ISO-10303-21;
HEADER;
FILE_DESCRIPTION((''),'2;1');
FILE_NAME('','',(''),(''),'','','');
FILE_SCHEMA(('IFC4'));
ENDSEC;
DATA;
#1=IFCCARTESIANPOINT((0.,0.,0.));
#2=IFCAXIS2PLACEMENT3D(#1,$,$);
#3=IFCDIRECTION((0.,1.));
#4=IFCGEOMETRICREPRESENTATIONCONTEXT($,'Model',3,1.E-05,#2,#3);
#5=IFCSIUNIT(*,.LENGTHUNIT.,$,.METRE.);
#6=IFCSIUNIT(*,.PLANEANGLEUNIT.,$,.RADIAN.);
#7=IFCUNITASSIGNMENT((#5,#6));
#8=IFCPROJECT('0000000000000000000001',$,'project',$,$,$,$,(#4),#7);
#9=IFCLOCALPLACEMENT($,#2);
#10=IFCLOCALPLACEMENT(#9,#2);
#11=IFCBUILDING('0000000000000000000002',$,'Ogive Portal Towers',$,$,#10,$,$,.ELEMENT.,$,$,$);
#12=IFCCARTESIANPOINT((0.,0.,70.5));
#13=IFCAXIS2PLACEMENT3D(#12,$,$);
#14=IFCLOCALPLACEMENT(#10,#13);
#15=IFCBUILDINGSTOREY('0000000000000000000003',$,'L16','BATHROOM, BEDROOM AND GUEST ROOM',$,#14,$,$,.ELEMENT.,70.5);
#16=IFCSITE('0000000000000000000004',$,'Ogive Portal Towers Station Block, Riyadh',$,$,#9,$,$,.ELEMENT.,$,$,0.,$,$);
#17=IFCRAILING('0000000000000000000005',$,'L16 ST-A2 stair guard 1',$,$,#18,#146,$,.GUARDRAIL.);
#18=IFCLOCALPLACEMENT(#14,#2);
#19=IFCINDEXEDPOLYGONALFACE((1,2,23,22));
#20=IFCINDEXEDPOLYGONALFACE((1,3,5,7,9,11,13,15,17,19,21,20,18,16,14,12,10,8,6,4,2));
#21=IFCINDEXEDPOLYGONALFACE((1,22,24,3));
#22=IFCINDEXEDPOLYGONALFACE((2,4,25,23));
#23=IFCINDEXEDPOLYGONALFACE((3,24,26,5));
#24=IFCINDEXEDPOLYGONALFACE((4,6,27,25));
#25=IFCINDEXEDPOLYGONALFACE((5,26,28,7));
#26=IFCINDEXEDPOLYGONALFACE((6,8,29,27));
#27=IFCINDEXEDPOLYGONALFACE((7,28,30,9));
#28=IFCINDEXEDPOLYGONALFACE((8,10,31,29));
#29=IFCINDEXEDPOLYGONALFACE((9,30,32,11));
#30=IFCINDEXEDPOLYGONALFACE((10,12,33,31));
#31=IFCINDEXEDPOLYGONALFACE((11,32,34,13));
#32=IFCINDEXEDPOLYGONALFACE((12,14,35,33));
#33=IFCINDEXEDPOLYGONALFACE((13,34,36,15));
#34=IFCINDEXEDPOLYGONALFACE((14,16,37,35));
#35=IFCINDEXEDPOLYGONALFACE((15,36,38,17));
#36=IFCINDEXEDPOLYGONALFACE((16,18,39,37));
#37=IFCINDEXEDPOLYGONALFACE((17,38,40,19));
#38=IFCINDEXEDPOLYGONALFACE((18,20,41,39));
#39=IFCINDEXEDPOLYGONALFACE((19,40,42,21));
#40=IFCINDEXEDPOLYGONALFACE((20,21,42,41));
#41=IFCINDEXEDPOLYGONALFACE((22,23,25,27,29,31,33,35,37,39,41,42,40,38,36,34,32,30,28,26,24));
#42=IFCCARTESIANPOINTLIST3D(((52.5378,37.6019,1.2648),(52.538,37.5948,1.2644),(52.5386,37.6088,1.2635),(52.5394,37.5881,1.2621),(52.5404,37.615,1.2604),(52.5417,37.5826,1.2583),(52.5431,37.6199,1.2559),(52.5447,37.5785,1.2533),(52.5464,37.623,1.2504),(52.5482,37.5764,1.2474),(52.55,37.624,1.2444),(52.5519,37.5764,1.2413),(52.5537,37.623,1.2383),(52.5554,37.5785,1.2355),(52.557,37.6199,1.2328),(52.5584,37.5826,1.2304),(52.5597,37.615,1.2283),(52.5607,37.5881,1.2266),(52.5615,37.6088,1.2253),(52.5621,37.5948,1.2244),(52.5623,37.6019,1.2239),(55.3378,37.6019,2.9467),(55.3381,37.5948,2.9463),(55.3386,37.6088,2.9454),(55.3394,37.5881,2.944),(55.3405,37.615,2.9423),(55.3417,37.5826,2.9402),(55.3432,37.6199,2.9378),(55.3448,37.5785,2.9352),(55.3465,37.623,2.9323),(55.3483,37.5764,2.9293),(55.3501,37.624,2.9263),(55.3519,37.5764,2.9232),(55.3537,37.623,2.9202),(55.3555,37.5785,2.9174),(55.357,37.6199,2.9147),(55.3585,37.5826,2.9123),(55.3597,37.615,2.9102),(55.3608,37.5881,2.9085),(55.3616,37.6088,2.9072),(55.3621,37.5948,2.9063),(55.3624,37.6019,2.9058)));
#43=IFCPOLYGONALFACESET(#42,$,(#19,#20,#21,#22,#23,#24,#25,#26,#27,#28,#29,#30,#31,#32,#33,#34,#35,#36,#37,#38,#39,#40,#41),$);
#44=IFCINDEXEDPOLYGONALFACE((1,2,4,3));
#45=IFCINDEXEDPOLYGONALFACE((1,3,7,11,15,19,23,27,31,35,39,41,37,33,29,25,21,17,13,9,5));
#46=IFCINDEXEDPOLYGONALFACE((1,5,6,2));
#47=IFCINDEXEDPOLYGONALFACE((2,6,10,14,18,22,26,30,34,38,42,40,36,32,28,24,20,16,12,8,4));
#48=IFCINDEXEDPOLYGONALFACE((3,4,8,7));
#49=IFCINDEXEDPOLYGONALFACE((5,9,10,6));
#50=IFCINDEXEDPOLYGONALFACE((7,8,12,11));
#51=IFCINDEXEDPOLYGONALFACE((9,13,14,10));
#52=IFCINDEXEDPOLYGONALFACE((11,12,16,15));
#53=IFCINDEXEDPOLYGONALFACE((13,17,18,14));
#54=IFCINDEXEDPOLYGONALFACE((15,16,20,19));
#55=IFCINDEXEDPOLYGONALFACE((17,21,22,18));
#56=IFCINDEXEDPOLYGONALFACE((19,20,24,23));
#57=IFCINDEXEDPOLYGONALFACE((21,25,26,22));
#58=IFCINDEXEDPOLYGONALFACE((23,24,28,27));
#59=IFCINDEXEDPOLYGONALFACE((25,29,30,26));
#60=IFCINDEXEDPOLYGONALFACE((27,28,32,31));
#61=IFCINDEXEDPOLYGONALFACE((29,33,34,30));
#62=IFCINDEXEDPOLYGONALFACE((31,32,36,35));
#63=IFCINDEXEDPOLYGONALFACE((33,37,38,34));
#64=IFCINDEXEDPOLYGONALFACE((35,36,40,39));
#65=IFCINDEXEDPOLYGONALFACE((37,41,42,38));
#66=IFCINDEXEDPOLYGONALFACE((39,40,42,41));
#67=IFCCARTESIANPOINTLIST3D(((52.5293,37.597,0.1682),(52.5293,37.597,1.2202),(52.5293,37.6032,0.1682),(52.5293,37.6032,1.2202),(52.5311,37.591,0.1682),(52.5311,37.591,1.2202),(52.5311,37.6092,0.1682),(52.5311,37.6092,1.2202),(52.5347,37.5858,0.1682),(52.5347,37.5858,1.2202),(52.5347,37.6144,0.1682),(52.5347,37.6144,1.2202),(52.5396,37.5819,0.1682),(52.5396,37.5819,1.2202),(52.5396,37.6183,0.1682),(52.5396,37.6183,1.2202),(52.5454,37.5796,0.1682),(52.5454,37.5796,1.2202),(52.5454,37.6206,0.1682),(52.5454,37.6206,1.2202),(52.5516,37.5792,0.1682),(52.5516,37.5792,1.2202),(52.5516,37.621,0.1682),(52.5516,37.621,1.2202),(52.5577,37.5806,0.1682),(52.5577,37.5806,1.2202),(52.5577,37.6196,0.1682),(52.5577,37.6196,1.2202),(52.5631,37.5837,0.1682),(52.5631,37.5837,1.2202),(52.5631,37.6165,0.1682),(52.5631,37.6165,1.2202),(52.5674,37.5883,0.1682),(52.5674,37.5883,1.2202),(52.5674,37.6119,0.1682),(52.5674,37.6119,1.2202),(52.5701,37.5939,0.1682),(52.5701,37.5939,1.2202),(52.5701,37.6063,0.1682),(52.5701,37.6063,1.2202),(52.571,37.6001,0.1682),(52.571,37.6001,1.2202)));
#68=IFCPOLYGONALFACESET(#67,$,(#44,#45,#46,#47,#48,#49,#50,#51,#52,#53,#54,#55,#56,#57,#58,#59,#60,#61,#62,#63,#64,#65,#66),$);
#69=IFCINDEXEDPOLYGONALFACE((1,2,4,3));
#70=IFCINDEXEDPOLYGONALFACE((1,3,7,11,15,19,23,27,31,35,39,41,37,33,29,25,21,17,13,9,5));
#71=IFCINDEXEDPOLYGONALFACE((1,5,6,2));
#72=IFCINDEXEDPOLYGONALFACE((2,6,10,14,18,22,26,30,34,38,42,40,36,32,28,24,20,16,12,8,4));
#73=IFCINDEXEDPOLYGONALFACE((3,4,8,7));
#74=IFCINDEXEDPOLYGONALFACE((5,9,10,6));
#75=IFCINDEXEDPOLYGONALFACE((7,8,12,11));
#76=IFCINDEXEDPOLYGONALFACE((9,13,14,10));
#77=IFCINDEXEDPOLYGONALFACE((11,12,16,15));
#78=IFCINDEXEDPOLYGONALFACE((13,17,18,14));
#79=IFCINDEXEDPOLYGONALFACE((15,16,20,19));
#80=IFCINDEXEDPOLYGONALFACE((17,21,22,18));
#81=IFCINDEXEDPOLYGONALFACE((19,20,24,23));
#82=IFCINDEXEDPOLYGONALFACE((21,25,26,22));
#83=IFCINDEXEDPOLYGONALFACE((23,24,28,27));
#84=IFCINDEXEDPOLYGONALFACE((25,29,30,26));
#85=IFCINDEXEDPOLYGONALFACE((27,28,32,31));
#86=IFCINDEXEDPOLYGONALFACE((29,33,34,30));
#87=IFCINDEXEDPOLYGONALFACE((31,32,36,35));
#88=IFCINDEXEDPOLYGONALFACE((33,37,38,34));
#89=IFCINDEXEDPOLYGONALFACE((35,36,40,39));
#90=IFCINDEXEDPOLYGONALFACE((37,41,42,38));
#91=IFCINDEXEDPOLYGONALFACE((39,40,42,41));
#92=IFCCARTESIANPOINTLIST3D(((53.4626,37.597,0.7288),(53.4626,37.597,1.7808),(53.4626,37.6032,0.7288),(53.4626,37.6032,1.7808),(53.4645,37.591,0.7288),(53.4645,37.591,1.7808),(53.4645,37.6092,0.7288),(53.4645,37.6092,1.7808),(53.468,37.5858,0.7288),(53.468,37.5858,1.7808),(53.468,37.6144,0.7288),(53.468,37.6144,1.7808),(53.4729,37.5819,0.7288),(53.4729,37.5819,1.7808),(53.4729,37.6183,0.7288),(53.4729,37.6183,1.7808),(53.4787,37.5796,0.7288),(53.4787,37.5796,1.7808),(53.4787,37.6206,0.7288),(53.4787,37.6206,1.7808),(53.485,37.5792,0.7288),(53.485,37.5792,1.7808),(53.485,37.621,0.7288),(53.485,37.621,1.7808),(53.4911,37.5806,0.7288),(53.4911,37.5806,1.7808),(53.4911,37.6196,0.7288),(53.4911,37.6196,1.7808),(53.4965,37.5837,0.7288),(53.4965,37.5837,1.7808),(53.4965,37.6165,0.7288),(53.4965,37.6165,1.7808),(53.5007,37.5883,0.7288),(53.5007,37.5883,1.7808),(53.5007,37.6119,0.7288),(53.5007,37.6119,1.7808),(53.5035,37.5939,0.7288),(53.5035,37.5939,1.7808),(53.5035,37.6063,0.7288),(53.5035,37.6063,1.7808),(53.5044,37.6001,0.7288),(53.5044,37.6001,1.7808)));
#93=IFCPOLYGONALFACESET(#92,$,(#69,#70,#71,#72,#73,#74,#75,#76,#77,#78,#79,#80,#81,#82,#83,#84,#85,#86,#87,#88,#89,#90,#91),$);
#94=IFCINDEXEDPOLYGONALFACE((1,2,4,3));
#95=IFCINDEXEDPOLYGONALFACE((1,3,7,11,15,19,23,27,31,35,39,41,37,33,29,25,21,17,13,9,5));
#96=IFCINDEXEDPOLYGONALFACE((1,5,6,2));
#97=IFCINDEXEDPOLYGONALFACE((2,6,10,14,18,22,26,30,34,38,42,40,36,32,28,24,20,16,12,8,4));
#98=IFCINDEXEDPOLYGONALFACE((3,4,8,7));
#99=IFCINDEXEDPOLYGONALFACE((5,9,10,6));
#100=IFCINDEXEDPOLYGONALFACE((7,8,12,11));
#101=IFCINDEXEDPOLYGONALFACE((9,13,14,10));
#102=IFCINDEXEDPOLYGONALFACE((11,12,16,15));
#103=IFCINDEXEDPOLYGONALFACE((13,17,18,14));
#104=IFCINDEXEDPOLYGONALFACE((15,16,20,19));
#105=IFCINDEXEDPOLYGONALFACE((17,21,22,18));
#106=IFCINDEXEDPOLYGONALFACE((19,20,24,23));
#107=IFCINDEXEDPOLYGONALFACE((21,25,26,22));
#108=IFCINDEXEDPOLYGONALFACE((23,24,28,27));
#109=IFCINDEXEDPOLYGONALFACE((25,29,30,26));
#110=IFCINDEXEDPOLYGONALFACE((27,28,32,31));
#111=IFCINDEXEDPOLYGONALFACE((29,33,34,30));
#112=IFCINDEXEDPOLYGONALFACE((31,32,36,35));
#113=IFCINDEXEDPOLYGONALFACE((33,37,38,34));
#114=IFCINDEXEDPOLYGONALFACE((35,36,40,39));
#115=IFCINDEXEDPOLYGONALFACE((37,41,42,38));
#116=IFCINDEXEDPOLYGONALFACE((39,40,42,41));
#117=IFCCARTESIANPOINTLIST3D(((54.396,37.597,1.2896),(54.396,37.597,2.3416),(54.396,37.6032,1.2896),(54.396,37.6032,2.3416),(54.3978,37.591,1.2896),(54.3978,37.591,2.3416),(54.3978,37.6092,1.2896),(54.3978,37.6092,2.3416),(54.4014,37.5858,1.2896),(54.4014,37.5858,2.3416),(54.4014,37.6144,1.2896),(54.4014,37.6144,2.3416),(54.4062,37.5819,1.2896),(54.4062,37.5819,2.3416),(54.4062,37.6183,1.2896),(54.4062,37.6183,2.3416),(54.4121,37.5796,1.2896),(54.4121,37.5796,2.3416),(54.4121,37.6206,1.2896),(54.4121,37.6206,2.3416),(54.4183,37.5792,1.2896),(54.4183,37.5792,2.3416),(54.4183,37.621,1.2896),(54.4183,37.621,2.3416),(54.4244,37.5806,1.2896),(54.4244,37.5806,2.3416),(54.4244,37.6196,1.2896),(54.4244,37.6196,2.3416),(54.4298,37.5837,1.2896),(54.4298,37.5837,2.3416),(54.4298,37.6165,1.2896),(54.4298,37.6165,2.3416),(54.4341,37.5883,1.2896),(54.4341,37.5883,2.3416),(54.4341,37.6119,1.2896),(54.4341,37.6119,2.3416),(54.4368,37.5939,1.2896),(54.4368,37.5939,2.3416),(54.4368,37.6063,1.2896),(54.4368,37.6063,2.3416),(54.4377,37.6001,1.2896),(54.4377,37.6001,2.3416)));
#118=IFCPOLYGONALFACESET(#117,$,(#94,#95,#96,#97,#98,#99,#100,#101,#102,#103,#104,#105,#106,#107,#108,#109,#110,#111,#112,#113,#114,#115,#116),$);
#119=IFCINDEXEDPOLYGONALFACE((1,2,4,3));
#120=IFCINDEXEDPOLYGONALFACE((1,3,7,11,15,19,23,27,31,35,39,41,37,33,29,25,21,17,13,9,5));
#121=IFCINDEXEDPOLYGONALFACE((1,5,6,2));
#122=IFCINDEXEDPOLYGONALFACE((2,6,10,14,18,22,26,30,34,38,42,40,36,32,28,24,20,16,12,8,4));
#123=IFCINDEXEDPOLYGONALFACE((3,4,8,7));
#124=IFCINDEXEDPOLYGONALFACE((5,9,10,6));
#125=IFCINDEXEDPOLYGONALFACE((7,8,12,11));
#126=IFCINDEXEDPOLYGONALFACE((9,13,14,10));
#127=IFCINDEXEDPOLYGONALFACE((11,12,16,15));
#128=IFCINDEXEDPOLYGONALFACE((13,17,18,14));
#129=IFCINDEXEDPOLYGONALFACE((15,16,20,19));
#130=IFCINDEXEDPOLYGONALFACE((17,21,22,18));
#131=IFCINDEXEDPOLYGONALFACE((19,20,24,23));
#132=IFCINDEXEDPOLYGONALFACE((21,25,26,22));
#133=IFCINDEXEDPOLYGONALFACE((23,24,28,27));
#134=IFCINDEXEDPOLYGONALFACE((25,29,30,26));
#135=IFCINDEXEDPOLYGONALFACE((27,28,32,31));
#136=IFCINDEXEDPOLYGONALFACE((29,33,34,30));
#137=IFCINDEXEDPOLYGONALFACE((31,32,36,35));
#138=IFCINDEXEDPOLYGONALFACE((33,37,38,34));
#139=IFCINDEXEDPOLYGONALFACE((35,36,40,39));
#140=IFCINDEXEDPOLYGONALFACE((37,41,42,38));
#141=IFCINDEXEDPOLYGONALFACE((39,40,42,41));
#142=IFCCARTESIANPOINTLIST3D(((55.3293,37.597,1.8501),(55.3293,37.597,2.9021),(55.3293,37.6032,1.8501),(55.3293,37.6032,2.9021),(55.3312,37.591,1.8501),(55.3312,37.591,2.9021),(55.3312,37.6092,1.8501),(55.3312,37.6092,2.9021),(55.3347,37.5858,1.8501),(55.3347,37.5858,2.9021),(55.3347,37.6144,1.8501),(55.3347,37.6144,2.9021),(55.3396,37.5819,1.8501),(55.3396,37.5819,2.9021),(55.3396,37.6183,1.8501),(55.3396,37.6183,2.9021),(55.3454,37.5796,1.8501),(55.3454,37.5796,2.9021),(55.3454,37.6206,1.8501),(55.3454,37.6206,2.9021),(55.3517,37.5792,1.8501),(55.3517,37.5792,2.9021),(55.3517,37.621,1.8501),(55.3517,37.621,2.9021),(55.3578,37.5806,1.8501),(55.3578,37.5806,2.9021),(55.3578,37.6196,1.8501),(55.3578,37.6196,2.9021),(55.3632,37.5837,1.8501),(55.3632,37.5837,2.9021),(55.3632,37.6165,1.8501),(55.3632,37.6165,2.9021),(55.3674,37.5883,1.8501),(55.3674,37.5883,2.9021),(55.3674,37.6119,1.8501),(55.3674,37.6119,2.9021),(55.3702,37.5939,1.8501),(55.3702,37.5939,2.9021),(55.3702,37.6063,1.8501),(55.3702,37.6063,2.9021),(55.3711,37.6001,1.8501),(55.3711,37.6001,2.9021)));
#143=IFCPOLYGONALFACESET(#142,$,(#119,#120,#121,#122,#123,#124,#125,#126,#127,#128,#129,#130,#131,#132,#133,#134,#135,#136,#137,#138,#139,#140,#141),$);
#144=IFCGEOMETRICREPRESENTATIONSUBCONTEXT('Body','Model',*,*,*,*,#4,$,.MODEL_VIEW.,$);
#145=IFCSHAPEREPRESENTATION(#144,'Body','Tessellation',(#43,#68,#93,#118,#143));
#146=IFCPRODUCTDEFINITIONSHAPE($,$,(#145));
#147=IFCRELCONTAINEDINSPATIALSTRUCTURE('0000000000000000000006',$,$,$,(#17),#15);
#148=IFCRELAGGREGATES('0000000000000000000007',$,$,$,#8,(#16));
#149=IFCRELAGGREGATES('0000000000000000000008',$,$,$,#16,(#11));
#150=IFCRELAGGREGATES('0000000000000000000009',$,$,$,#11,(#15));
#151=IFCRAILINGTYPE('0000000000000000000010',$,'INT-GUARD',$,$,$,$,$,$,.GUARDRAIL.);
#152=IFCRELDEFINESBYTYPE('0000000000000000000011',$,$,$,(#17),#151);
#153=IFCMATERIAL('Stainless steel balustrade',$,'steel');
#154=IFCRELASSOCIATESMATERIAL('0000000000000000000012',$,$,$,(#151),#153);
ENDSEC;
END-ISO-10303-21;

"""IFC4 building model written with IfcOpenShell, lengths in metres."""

from ifc_helpers import new_model, si_unit, direction, frame, origin, origin_2d, place, context, subcontext, project, spatial, circle, extrude, material, type_object, element, save


model = new_model("IFC4")

# Units and contexts
model_context = context("Model", 3, precision=1e-05, world=origin(), true_north=direction((0.0, 1.0)))
body_context = subcontext(model_context, "Body", "Model", "MODEL_VIEW")
ifc_project = project(units=[si_unit("LENGTHUNIT", "METRE"), si_unit("PLANEANGLEUNIT", "RADIAN")], contexts=[model_context])

# Site, building, storey
site_placement = place(None, origin())
site = spatial("IfcSite", under=ifc_project, at=site_placement, Name="Ogive Portal Towers Station Block, Riyadh", CompositionType="ELEMENT", RefElevation=0.0)
building_placement = place(site_placement, origin())
building = spatial("IfcBuilding", under=site, at=building_placement, Name="Ogive Portal Towers", CompositionType="ELEMENT")
storey_placement = place(building_placement, frame((0.0, 0.0, 70.5)))
storey = spatial("IfcBuildingStorey", under=building, at=storey_placement, Name="L16", Description="BATHROOM, BEDROOM AND GUEST ROOM", CompositionType="ELEMENT", Elevation=70.5)

# Railing
ifc_material_1 = material(Name="Stainless steel balustrade", Category="steel")
railing_type_1 = type_object("IfcRailingType", Name="INT-GUARD", PredefinedType="GUARDRAIL", material=ifc_material_1)
railing_1_placement = place(storey_placement, frame((52.55, 37.6001, 0.1682)))
element("IfcRailing", 1, at=railing_1_placement, inside=storey, type_object=railing_type_1, Name="L16 ST-A2 stair guard 1", PredefinedType="GUARDRAIL", context=body_context, shape_type="SweptSolid", body=[
    extrude(circle(Radius=0.0239, at=origin_2d()), frame((0.0, 0.0, 1.0762), z_axis=(0.857242, 0.0, 0.514913), x_axis=(0.0, 1.0, 0.0)), (0.0, 0.0, 1.0), 3.2664),
    extrude(circle(Radius=0.021, at=origin_2d()), origin(), (0.0, 0.0, 1.0), 1.052),
    extrude(circle(Radius=0.021, at=origin_2d()), frame((0.9333, 0.0, 0.5605)), (0.0, 0.0, 1.0), 1.052),
    extrude(circle(Radius=0.021, at=origin_2d()), frame((1.8667, 0.0, 1.1213)), (0.0, 0.0, 1.0), 1.052),
    extrude(circle(Radius=0.021, at=origin_2d()), frame((2.8, 0.0, 1.6819)), (0.0, 0.0, 1.0), 1.052),
])

save(model, "model.ifc")
